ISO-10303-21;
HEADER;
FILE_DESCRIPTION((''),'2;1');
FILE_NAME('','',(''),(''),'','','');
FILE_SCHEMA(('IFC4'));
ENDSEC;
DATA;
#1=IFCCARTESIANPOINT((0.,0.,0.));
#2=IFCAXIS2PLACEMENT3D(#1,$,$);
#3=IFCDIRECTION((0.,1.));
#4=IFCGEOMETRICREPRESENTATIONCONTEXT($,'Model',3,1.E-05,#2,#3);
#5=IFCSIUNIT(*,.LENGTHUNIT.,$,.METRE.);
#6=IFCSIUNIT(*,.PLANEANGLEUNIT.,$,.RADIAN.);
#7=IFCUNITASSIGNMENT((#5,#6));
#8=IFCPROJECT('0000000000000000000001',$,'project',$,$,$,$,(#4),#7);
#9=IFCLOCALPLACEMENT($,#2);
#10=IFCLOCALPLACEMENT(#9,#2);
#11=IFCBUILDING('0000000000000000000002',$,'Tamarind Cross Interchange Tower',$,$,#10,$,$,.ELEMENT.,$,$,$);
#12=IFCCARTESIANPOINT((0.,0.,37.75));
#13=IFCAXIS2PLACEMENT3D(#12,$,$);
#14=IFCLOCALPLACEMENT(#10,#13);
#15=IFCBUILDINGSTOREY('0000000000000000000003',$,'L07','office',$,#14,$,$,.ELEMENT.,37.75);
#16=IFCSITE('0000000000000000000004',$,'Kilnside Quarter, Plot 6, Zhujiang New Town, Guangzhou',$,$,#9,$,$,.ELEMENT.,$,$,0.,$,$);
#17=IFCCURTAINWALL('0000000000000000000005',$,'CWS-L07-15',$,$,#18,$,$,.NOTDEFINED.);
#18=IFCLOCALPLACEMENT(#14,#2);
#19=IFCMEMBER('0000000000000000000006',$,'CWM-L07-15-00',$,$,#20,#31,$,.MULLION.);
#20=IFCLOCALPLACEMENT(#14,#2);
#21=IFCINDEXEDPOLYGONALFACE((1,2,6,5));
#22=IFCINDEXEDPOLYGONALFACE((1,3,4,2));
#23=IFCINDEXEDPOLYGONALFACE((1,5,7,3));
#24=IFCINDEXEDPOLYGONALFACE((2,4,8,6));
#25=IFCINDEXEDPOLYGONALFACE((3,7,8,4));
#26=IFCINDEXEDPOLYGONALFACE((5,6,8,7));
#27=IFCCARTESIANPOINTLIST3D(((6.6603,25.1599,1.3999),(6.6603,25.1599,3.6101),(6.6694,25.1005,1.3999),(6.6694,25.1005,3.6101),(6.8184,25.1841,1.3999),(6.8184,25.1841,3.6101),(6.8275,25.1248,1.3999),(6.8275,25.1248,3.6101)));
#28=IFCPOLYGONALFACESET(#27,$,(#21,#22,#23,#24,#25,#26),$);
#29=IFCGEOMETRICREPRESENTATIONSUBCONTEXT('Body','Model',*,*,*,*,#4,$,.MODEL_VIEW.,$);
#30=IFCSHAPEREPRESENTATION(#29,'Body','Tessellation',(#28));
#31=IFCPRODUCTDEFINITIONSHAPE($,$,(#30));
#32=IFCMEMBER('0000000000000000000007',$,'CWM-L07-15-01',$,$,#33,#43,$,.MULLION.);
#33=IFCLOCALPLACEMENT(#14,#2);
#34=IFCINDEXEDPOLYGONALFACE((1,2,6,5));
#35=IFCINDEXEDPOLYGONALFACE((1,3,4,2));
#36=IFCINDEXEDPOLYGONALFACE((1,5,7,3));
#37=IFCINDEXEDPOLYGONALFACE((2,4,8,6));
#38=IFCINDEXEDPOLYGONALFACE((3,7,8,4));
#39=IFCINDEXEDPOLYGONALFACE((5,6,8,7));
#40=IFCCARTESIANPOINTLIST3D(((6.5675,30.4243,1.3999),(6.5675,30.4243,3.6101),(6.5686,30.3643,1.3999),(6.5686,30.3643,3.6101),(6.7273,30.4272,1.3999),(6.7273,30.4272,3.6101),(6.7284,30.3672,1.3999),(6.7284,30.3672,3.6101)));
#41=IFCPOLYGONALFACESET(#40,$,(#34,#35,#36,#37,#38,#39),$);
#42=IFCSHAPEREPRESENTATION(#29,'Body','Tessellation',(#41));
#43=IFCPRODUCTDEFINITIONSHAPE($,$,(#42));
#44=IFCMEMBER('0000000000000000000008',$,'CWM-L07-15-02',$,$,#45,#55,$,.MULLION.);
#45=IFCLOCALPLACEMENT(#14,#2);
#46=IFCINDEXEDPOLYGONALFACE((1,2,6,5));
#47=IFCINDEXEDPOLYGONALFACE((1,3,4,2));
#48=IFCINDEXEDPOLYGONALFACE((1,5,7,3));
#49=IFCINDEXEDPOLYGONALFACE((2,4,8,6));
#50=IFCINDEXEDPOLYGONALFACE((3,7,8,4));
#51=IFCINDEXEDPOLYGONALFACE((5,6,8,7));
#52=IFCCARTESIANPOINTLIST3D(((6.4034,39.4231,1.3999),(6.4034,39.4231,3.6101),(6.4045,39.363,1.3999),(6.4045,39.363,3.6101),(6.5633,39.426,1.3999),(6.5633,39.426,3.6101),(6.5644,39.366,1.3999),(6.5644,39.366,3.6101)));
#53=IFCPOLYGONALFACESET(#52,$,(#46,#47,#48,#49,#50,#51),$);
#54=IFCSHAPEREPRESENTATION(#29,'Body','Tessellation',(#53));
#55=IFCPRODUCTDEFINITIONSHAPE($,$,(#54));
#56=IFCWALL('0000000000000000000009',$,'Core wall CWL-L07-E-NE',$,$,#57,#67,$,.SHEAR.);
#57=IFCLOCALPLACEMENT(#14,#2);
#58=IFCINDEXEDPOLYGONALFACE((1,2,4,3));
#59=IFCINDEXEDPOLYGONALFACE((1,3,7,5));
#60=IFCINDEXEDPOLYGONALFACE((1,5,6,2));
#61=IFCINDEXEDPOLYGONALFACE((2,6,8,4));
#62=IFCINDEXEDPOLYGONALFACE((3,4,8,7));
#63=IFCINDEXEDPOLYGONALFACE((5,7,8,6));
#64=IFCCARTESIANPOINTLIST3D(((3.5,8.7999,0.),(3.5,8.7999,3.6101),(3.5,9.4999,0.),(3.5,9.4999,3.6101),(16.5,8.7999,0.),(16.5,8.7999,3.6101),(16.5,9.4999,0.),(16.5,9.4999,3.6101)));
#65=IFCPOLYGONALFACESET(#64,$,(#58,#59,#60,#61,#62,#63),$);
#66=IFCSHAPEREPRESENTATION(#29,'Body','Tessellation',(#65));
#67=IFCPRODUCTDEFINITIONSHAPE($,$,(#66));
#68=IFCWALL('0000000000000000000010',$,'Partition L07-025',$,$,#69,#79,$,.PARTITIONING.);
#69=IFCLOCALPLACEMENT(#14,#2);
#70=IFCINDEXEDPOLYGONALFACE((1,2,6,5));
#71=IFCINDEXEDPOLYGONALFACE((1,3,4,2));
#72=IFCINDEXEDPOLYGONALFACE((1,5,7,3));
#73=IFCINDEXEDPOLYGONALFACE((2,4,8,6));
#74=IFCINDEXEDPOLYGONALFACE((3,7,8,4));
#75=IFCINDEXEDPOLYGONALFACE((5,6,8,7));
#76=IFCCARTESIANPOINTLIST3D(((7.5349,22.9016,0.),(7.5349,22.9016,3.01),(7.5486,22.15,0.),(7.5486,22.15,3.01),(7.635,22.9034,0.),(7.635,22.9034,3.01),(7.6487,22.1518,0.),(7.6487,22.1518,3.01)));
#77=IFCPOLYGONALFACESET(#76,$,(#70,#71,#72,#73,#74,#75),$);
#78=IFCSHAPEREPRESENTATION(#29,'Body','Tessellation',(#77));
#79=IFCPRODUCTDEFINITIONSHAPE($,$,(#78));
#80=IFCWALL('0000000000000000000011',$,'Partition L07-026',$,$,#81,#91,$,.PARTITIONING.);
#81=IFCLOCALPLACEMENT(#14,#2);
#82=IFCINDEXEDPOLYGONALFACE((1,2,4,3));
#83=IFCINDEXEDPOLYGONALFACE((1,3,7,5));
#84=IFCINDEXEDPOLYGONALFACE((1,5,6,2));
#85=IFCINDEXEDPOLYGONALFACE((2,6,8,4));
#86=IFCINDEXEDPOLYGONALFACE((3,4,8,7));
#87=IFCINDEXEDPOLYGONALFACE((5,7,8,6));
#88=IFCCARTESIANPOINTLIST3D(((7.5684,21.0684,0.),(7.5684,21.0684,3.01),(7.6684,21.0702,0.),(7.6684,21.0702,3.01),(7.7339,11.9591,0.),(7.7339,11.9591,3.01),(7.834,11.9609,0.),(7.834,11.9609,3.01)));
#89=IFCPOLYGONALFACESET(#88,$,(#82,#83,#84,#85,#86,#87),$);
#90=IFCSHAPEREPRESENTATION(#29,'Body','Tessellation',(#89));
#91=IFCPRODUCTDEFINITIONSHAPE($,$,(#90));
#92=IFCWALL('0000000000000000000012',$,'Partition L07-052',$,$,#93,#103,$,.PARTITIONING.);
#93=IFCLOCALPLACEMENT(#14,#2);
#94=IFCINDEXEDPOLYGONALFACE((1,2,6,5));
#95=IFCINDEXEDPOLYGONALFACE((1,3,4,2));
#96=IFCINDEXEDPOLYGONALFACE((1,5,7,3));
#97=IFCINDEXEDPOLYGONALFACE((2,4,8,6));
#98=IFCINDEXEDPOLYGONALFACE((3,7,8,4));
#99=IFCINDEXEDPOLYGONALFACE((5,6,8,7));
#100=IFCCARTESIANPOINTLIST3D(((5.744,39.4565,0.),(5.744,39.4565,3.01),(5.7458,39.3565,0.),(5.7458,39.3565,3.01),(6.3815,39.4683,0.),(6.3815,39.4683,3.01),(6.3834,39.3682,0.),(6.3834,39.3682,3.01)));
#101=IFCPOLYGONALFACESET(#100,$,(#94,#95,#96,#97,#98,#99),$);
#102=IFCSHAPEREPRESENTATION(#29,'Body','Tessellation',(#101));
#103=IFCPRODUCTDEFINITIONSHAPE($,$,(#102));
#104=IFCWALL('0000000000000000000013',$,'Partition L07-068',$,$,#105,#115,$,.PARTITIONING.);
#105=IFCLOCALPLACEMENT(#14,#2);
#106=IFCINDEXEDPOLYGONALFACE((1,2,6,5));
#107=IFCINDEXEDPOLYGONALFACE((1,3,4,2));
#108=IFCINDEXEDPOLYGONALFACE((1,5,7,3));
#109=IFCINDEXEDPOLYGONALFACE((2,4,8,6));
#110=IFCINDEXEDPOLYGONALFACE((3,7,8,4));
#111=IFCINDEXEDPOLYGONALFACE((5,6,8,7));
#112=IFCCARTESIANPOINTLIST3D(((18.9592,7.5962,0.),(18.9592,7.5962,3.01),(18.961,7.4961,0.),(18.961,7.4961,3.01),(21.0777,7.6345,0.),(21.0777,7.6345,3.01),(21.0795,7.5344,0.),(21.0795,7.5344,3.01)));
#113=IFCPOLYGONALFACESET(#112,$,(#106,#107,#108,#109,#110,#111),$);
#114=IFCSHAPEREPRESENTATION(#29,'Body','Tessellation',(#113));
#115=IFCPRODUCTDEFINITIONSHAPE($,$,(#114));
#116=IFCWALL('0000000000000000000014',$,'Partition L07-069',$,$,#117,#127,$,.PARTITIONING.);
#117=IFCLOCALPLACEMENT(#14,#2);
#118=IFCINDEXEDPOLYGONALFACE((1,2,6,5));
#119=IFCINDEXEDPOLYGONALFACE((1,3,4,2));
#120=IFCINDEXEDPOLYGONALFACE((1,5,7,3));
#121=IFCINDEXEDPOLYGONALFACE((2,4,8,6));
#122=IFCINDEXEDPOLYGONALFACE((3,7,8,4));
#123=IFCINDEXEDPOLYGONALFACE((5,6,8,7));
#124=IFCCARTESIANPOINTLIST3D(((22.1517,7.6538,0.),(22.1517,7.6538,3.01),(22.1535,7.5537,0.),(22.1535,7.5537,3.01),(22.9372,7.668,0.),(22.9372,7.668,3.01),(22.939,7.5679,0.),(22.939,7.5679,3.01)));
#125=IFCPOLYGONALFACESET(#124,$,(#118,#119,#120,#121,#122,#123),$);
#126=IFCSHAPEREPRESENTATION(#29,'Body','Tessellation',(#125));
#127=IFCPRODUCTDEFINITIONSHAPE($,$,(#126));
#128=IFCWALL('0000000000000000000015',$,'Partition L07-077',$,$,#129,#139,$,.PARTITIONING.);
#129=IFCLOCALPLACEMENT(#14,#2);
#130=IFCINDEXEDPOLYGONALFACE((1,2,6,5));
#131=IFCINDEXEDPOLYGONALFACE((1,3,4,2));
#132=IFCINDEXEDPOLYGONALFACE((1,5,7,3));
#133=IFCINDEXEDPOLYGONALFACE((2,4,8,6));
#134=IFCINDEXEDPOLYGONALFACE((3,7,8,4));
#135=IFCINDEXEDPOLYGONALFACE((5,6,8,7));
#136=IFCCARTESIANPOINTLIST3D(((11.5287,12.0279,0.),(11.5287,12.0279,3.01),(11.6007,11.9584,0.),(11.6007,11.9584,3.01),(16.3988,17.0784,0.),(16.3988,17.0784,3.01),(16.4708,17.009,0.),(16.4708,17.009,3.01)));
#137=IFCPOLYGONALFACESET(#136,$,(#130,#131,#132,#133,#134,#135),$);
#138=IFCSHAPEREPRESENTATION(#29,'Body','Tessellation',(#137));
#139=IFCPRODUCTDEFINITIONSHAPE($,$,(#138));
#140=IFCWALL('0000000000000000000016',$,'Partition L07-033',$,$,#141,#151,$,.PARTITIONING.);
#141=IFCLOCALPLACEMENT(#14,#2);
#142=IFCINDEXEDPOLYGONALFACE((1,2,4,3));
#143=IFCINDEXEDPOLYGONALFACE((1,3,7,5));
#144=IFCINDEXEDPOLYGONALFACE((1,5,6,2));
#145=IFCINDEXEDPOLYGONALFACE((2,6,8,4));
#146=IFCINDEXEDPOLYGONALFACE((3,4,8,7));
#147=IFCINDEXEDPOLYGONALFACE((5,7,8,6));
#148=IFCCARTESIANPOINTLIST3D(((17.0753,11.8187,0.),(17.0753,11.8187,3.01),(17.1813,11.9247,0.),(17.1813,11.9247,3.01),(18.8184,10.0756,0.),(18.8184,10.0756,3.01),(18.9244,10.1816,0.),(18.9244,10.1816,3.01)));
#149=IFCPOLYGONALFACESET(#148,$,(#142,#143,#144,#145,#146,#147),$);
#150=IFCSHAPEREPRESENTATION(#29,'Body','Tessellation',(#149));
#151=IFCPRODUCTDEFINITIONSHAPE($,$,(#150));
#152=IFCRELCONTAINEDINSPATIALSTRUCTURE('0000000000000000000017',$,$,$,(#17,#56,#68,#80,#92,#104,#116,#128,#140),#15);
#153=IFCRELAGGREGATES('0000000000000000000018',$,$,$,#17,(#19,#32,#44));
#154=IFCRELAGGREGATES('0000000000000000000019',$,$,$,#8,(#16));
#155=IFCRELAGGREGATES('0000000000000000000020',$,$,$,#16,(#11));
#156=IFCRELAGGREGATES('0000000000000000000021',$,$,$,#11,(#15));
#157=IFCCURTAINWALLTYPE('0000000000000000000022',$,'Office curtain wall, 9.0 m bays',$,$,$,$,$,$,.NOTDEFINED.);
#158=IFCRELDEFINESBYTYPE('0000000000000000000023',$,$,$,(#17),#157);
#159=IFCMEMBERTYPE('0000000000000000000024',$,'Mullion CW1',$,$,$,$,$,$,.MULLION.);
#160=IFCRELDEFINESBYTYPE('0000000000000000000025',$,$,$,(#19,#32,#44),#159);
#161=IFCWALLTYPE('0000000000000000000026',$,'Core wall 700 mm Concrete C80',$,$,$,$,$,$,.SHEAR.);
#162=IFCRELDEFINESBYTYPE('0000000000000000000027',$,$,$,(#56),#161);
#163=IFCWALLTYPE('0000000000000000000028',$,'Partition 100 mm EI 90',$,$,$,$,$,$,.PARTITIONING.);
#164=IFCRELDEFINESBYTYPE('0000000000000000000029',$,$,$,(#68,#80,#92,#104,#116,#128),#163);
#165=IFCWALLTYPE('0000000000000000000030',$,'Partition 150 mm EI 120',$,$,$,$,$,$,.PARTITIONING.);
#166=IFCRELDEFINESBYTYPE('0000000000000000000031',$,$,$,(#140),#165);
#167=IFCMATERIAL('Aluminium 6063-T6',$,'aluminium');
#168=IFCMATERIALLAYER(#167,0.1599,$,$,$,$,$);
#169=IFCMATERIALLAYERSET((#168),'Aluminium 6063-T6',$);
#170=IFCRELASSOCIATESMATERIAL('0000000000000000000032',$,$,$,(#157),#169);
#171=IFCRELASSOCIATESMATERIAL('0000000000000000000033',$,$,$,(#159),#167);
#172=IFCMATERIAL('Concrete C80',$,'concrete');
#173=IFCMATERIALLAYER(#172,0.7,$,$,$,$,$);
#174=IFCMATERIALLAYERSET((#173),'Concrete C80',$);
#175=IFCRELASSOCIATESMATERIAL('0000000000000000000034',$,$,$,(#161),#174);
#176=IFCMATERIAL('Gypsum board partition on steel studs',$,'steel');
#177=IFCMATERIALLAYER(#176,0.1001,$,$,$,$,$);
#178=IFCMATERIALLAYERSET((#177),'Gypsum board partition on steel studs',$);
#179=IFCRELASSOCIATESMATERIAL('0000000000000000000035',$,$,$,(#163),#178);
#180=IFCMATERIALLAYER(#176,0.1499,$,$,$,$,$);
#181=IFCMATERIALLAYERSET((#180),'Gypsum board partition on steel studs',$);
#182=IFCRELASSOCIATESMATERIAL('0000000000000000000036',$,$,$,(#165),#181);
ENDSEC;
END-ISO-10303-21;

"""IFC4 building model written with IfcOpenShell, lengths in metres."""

from ifc_helpers import new_model, si_unit, direction, frame, frame_2d, origin, origin_2d, place, context, subcontext, project, spatial, rectangle, extrude, material, layer, layer_set, material_profile, profile_set, type_object, element, aggregate, save


model = new_model("IFC4")

# Units and contexts
model_context = context("Model", 3, precision=1e-05, world=origin(), true_north=direction((0.0, 1.0)))
body_context = subcontext(model_context, "Body", "Model", "MODEL_VIEW")
ifc_project = project(units=[si_unit("LENGTHUNIT", "METRE"), si_unit("PLANEANGLEUNIT", "RADIAN")], contexts=[model_context])

# Site, building, storey
site_placement = place(None, origin())
site = spatial("IfcSite", under=ifc_project, at=site_placement, Name="Kilnside Quarter, Plot 6, Zhujiang New Town, Guangzhou", CompositionType="ELEMENT", RefElevation=0.0)
building_placement = place(site_placement, origin())
building = spatial("IfcBuilding", under=site, at=building_placement, Name="Tamarind Cross Interchange Tower", CompositionType="ELEMENT")
storey_placement = place(building_placement, frame((0.0, 0.0, 37.75)))
storey = spatial("IfcBuildingStorey", under=building, at=storey_placement, Name="L07", Description="office", CompositionType="ELEMENT", Elevation=37.75)

# Curtain wall, members
ifc_material_1 = material(Name="Aluminium 6063-T6", Category="aluminium")
ifc_layer_1 = layer(ifc_material_1, 0.1599)
ifc_layer_set_1 = layer_set([ifc_layer_1], Name="Aluminium 6063-T6")
curtain_wall_type = type_object("IfcCurtainWallType", Name="Office curtain wall, 9.0 m bays", PredefinedType="NOTDEFINED", material=ifc_layer_set_1)
ifc_material_profile_1 = material_profile(ifc_material_1, rectangle(XDim=0.0601, YDim=0.1599, at=origin_2d()), Name="Mullion CW1")
ifc_profile_set_1 = profile_set([ifc_material_profile_1], Name="Aluminium 6063-T6")
member_type = type_object("IfcMemberType", Name="Mullion CW1", PredefinedType="MULLION", material=ifc_profile_set_1)
curtain_wall_1_placement = place(storey_placement, origin())
curtain_wall_1 = element("IfcCurtainWall", 1, at=curtain_wall_1_placement, inside=storey, type_object=curtain_wall_type, Name="CWS-L07-15", PredefinedType="NOTDEFINED")
member_1_placement = place(storey_placement, frame((6.7439, 25.1423, 1.3999), z_axis=(0.0, 0.0, 1.0), x_axis=(-0.151689, 0.988428, 0.0)))
member_1 = element("IfcMember", 2, at=member_1_placement, type_object=member_type, Name="CWM-L07-15-00", PredefinedType="MULLION", context=body_context, shape_type="SweptSolid", body=[
    extrude(rectangle(XDim=0.0601, YDim=0.1599, at=origin_2d()), origin(), (0.0, 0.0, 1.0), 2.2102),
])
member_2_placement = place(storey_placement, frame((6.6479, 30.3958, 1.3999), z_axis=(0.0, 0.0, 1.0), x_axis=(-0.018234, 0.999834, 0.0)))
member_2 = element("IfcMember", 3, at=member_2_placement, type_object=member_type, Name="CWM-L07-15-01", PredefinedType="MULLION", context=body_context, shape_type="SweptSolid", body=[
    extrude(rectangle(XDim=0.0601, YDim=0.1599, at=origin_2d()), origin(), (0.0, 0.0, 1.0), 2.2102),
])
member_3_placement = place(storey_placement, frame((6.4839, 39.3945, 1.3999), z_axis=(0.0, 0.0, 1.0), x_axis=(-0.018234, 0.999834, 0.0)))
member_3 = element("IfcMember", 4, at=member_3_placement, type_object=member_type, Name="CWM-L07-15-02", PredefinedType="MULLION", context=body_context, shape_type="SweptSolid", body=[
    extrude(rectangle(XDim=0.0601, YDim=0.1599, at=origin_2d()), origin(), (0.0, 0.0, 1.0), 2.2102),
])
aggregate(curtain_wall_1, [member_1, member_2, member_3])

# Walls
ifc_material_2 = material(Name="Concrete C80", Category="concrete")
ifc_layer_2 = layer(ifc_material_2, 0.7)
ifc_layer_set_2 = layer_set([ifc_layer_2], Name="Concrete C80")
wall_type_1 = type_object("IfcWallType", Name="Core wall 700 mm Concrete C80", PredefinedType="SHEAR", material=ifc_layer_set_2)
wall_1_placement = place(storey_placement, frame((16.5, 9.1499, 0.0), z_axis=(0.0, 0.0, 1.0), x_axis=(-1.0, 0.0, 0.0)))
element("IfcWall", 5, at=wall_1_placement, inside=storey, type_object=wall_type_1, Name="Core wall CWL-L07-E-NE", PredefinedType="SHEAR", context=body_context, shape_type="SweptSolid", body=[
    extrude(rectangle(XDim=13.0, YDim=0.7, at=frame_2d((6.5, 0.0))), origin(), (0.0, 0.0, 1.0), 3.6101),
])
ifc_material_3 = material(Name="Gypsum board partition on steel studs", Category="steel")
ifc_layer_3 = layer(ifc_material_3, 0.1001)
ifc_layer_set_3 = layer_set([ifc_layer_3], Name="Gypsum board partition on steel studs")
wall_type_2 = type_object("IfcWallType", Name="Partition 100 mm EI 90", PredefinedType="PARTITIONING", material=ifc_layer_set_3)
wall_2_placement = place(storey_placement, frame((7.585, 22.9026, 0.0), z_axis=(0.0, 0.0, 1.0), x_axis=(0.018191, -0.999835, 0.0)))
element("IfcWall", 6, at=wall_2_placement, inside=storey, type_object=wall_type_2, Name="Partition L07-025", PredefinedType="PARTITIONING", context=body_context, shape_type="SweptSolid", body=[
    extrude(rectangle(XDim=0.7517, YDim=0.1001, at=frame_2d((0.376, 0.0))), origin(), (0.0, 0.0, 1.0), 3.01),
])
wall_3_placement = place(storey_placement, frame((7.6184, 21.0693, 0.0), z_axis=(0.0, 0.0, 1.0), x_axis=(0.018168, -0.999835, 0.0)))
element("IfcWall", 7, at=wall_3_placement, inside=storey, type_object=wall_type_2, Name="Partition L07-026", PredefinedType="PARTITIONING", context=body_context, shape_type="SweptSolid", body=[
    extrude(rectangle(XDim=9.1108, YDim=0.1001, at=frame_2d((4.5554, 0.0))), origin(), (0.0, 0.0, 1.0), 3.01),
])
wall_4_placement = place(storey_placement, frame((5.7449, 39.4065, 0.0), z_axis=(0.0, 0.0, 1.0), x_axis=(0.999831, 0.018374, 0.0)))
element("IfcWall", 8, at=wall_4_placement, inside=storey, type_object=wall_type_2, Name="Partition L07-052", PredefinedType="PARTITIONING", context=body_context, shape_type="SweptSolid", body=[
    extrude(rectangle(XDim=0.6377, YDim=0.1001, at=frame_2d((0.3188, 0.0))), origin(), (0.0, 0.0, 1.0), 3.01),
])
wall_5_placement = place(storey_placement, frame((18.96, 7.5461, 0.0), z_axis=(0.0, 0.0, 1.0), x_axis=(0.999836, 0.018089, 0.0)))
element("IfcWall", 9, at=wall_5_placement, inside=storey, type_object=wall_type_2, Name="Partition L07-068", PredefinedType="PARTITIONING", context=body_context, shape_type="SweptSolid", body=[
    extrude(rectangle(XDim=2.1189, YDim=0.1001, at=frame_2d((1.0596, 0.0))), origin(), (0.0, 0.0, 1.0), 3.01),
])
wall_6_placement = place(storey_placement, frame((22.1526, 7.6038, 0.0), z_axis=(0.0, 0.0, 1.0), x_axis=(0.999838, 0.018026, 0.0)))
element("IfcWall", 10, at=wall_6_placement, inside=storey, type_object=wall_type_2, Name="Partition L07-069", PredefinedType="PARTITIONING", context=body_context, shape_type="SweptSolid", body=[
    extrude(rectangle(XDim=0.7856, YDim=0.1001, at=frame_2d((0.3928, 0.0))), origin(), (0.0, 0.0, 1.0), 3.01),
])
wall_7_placement = place(storey_placement, frame((11.5647, 11.9932, 0.0), z_axis=(0.0, 0.0, 1.0), x_axis=(0.694132, 0.719847, 0.0)))
element("IfcWall", 11, at=wall_7_placement, inside=storey, type_object=wall_type_2, Name="Partition L07-077", PredefinedType="PARTITIONING", context=body_context, shape_type="SweptSolid", body=[
    extrude(rectangle(XDim=7.0161, YDim=0.1001, at=frame_2d((3.5081, 0.0))), origin(), (0.0, 0.0, 1.0), 3.01),
])
ifc_layer_4 = layer(ifc_material_3, 0.1499)
ifc_layer_set_4 = layer_set([ifc_layer_4], Name="Gypsum board partition on steel studs")
wall_type_3 = type_object("IfcWallType", Name="Partition 150 mm EI 120", PredefinedType="PARTITIONING", material=ifc_layer_set_4)
wall_8_placement = place(storey_placement, frame((17.1284, 11.8716, 0.0), z_axis=(0.0, 0.0, 1.0), x_axis=(0.707107, -0.707107, 0.0)))
element("IfcWall", 12, at=wall_8_placement, inside=storey, type_object=wall_type_3, Name="Partition L07-033", PredefinedType="PARTITIONING", context=body_context, shape_type="SweptSolid", body=[
    extrude(rectangle(XDim=2.4651, YDim=0.1499, at=frame_2d((1.2324, 0.0))), origin(), (0.0, 0.0, 1.0), 3.01),
])

save(model, "model.ifc")
